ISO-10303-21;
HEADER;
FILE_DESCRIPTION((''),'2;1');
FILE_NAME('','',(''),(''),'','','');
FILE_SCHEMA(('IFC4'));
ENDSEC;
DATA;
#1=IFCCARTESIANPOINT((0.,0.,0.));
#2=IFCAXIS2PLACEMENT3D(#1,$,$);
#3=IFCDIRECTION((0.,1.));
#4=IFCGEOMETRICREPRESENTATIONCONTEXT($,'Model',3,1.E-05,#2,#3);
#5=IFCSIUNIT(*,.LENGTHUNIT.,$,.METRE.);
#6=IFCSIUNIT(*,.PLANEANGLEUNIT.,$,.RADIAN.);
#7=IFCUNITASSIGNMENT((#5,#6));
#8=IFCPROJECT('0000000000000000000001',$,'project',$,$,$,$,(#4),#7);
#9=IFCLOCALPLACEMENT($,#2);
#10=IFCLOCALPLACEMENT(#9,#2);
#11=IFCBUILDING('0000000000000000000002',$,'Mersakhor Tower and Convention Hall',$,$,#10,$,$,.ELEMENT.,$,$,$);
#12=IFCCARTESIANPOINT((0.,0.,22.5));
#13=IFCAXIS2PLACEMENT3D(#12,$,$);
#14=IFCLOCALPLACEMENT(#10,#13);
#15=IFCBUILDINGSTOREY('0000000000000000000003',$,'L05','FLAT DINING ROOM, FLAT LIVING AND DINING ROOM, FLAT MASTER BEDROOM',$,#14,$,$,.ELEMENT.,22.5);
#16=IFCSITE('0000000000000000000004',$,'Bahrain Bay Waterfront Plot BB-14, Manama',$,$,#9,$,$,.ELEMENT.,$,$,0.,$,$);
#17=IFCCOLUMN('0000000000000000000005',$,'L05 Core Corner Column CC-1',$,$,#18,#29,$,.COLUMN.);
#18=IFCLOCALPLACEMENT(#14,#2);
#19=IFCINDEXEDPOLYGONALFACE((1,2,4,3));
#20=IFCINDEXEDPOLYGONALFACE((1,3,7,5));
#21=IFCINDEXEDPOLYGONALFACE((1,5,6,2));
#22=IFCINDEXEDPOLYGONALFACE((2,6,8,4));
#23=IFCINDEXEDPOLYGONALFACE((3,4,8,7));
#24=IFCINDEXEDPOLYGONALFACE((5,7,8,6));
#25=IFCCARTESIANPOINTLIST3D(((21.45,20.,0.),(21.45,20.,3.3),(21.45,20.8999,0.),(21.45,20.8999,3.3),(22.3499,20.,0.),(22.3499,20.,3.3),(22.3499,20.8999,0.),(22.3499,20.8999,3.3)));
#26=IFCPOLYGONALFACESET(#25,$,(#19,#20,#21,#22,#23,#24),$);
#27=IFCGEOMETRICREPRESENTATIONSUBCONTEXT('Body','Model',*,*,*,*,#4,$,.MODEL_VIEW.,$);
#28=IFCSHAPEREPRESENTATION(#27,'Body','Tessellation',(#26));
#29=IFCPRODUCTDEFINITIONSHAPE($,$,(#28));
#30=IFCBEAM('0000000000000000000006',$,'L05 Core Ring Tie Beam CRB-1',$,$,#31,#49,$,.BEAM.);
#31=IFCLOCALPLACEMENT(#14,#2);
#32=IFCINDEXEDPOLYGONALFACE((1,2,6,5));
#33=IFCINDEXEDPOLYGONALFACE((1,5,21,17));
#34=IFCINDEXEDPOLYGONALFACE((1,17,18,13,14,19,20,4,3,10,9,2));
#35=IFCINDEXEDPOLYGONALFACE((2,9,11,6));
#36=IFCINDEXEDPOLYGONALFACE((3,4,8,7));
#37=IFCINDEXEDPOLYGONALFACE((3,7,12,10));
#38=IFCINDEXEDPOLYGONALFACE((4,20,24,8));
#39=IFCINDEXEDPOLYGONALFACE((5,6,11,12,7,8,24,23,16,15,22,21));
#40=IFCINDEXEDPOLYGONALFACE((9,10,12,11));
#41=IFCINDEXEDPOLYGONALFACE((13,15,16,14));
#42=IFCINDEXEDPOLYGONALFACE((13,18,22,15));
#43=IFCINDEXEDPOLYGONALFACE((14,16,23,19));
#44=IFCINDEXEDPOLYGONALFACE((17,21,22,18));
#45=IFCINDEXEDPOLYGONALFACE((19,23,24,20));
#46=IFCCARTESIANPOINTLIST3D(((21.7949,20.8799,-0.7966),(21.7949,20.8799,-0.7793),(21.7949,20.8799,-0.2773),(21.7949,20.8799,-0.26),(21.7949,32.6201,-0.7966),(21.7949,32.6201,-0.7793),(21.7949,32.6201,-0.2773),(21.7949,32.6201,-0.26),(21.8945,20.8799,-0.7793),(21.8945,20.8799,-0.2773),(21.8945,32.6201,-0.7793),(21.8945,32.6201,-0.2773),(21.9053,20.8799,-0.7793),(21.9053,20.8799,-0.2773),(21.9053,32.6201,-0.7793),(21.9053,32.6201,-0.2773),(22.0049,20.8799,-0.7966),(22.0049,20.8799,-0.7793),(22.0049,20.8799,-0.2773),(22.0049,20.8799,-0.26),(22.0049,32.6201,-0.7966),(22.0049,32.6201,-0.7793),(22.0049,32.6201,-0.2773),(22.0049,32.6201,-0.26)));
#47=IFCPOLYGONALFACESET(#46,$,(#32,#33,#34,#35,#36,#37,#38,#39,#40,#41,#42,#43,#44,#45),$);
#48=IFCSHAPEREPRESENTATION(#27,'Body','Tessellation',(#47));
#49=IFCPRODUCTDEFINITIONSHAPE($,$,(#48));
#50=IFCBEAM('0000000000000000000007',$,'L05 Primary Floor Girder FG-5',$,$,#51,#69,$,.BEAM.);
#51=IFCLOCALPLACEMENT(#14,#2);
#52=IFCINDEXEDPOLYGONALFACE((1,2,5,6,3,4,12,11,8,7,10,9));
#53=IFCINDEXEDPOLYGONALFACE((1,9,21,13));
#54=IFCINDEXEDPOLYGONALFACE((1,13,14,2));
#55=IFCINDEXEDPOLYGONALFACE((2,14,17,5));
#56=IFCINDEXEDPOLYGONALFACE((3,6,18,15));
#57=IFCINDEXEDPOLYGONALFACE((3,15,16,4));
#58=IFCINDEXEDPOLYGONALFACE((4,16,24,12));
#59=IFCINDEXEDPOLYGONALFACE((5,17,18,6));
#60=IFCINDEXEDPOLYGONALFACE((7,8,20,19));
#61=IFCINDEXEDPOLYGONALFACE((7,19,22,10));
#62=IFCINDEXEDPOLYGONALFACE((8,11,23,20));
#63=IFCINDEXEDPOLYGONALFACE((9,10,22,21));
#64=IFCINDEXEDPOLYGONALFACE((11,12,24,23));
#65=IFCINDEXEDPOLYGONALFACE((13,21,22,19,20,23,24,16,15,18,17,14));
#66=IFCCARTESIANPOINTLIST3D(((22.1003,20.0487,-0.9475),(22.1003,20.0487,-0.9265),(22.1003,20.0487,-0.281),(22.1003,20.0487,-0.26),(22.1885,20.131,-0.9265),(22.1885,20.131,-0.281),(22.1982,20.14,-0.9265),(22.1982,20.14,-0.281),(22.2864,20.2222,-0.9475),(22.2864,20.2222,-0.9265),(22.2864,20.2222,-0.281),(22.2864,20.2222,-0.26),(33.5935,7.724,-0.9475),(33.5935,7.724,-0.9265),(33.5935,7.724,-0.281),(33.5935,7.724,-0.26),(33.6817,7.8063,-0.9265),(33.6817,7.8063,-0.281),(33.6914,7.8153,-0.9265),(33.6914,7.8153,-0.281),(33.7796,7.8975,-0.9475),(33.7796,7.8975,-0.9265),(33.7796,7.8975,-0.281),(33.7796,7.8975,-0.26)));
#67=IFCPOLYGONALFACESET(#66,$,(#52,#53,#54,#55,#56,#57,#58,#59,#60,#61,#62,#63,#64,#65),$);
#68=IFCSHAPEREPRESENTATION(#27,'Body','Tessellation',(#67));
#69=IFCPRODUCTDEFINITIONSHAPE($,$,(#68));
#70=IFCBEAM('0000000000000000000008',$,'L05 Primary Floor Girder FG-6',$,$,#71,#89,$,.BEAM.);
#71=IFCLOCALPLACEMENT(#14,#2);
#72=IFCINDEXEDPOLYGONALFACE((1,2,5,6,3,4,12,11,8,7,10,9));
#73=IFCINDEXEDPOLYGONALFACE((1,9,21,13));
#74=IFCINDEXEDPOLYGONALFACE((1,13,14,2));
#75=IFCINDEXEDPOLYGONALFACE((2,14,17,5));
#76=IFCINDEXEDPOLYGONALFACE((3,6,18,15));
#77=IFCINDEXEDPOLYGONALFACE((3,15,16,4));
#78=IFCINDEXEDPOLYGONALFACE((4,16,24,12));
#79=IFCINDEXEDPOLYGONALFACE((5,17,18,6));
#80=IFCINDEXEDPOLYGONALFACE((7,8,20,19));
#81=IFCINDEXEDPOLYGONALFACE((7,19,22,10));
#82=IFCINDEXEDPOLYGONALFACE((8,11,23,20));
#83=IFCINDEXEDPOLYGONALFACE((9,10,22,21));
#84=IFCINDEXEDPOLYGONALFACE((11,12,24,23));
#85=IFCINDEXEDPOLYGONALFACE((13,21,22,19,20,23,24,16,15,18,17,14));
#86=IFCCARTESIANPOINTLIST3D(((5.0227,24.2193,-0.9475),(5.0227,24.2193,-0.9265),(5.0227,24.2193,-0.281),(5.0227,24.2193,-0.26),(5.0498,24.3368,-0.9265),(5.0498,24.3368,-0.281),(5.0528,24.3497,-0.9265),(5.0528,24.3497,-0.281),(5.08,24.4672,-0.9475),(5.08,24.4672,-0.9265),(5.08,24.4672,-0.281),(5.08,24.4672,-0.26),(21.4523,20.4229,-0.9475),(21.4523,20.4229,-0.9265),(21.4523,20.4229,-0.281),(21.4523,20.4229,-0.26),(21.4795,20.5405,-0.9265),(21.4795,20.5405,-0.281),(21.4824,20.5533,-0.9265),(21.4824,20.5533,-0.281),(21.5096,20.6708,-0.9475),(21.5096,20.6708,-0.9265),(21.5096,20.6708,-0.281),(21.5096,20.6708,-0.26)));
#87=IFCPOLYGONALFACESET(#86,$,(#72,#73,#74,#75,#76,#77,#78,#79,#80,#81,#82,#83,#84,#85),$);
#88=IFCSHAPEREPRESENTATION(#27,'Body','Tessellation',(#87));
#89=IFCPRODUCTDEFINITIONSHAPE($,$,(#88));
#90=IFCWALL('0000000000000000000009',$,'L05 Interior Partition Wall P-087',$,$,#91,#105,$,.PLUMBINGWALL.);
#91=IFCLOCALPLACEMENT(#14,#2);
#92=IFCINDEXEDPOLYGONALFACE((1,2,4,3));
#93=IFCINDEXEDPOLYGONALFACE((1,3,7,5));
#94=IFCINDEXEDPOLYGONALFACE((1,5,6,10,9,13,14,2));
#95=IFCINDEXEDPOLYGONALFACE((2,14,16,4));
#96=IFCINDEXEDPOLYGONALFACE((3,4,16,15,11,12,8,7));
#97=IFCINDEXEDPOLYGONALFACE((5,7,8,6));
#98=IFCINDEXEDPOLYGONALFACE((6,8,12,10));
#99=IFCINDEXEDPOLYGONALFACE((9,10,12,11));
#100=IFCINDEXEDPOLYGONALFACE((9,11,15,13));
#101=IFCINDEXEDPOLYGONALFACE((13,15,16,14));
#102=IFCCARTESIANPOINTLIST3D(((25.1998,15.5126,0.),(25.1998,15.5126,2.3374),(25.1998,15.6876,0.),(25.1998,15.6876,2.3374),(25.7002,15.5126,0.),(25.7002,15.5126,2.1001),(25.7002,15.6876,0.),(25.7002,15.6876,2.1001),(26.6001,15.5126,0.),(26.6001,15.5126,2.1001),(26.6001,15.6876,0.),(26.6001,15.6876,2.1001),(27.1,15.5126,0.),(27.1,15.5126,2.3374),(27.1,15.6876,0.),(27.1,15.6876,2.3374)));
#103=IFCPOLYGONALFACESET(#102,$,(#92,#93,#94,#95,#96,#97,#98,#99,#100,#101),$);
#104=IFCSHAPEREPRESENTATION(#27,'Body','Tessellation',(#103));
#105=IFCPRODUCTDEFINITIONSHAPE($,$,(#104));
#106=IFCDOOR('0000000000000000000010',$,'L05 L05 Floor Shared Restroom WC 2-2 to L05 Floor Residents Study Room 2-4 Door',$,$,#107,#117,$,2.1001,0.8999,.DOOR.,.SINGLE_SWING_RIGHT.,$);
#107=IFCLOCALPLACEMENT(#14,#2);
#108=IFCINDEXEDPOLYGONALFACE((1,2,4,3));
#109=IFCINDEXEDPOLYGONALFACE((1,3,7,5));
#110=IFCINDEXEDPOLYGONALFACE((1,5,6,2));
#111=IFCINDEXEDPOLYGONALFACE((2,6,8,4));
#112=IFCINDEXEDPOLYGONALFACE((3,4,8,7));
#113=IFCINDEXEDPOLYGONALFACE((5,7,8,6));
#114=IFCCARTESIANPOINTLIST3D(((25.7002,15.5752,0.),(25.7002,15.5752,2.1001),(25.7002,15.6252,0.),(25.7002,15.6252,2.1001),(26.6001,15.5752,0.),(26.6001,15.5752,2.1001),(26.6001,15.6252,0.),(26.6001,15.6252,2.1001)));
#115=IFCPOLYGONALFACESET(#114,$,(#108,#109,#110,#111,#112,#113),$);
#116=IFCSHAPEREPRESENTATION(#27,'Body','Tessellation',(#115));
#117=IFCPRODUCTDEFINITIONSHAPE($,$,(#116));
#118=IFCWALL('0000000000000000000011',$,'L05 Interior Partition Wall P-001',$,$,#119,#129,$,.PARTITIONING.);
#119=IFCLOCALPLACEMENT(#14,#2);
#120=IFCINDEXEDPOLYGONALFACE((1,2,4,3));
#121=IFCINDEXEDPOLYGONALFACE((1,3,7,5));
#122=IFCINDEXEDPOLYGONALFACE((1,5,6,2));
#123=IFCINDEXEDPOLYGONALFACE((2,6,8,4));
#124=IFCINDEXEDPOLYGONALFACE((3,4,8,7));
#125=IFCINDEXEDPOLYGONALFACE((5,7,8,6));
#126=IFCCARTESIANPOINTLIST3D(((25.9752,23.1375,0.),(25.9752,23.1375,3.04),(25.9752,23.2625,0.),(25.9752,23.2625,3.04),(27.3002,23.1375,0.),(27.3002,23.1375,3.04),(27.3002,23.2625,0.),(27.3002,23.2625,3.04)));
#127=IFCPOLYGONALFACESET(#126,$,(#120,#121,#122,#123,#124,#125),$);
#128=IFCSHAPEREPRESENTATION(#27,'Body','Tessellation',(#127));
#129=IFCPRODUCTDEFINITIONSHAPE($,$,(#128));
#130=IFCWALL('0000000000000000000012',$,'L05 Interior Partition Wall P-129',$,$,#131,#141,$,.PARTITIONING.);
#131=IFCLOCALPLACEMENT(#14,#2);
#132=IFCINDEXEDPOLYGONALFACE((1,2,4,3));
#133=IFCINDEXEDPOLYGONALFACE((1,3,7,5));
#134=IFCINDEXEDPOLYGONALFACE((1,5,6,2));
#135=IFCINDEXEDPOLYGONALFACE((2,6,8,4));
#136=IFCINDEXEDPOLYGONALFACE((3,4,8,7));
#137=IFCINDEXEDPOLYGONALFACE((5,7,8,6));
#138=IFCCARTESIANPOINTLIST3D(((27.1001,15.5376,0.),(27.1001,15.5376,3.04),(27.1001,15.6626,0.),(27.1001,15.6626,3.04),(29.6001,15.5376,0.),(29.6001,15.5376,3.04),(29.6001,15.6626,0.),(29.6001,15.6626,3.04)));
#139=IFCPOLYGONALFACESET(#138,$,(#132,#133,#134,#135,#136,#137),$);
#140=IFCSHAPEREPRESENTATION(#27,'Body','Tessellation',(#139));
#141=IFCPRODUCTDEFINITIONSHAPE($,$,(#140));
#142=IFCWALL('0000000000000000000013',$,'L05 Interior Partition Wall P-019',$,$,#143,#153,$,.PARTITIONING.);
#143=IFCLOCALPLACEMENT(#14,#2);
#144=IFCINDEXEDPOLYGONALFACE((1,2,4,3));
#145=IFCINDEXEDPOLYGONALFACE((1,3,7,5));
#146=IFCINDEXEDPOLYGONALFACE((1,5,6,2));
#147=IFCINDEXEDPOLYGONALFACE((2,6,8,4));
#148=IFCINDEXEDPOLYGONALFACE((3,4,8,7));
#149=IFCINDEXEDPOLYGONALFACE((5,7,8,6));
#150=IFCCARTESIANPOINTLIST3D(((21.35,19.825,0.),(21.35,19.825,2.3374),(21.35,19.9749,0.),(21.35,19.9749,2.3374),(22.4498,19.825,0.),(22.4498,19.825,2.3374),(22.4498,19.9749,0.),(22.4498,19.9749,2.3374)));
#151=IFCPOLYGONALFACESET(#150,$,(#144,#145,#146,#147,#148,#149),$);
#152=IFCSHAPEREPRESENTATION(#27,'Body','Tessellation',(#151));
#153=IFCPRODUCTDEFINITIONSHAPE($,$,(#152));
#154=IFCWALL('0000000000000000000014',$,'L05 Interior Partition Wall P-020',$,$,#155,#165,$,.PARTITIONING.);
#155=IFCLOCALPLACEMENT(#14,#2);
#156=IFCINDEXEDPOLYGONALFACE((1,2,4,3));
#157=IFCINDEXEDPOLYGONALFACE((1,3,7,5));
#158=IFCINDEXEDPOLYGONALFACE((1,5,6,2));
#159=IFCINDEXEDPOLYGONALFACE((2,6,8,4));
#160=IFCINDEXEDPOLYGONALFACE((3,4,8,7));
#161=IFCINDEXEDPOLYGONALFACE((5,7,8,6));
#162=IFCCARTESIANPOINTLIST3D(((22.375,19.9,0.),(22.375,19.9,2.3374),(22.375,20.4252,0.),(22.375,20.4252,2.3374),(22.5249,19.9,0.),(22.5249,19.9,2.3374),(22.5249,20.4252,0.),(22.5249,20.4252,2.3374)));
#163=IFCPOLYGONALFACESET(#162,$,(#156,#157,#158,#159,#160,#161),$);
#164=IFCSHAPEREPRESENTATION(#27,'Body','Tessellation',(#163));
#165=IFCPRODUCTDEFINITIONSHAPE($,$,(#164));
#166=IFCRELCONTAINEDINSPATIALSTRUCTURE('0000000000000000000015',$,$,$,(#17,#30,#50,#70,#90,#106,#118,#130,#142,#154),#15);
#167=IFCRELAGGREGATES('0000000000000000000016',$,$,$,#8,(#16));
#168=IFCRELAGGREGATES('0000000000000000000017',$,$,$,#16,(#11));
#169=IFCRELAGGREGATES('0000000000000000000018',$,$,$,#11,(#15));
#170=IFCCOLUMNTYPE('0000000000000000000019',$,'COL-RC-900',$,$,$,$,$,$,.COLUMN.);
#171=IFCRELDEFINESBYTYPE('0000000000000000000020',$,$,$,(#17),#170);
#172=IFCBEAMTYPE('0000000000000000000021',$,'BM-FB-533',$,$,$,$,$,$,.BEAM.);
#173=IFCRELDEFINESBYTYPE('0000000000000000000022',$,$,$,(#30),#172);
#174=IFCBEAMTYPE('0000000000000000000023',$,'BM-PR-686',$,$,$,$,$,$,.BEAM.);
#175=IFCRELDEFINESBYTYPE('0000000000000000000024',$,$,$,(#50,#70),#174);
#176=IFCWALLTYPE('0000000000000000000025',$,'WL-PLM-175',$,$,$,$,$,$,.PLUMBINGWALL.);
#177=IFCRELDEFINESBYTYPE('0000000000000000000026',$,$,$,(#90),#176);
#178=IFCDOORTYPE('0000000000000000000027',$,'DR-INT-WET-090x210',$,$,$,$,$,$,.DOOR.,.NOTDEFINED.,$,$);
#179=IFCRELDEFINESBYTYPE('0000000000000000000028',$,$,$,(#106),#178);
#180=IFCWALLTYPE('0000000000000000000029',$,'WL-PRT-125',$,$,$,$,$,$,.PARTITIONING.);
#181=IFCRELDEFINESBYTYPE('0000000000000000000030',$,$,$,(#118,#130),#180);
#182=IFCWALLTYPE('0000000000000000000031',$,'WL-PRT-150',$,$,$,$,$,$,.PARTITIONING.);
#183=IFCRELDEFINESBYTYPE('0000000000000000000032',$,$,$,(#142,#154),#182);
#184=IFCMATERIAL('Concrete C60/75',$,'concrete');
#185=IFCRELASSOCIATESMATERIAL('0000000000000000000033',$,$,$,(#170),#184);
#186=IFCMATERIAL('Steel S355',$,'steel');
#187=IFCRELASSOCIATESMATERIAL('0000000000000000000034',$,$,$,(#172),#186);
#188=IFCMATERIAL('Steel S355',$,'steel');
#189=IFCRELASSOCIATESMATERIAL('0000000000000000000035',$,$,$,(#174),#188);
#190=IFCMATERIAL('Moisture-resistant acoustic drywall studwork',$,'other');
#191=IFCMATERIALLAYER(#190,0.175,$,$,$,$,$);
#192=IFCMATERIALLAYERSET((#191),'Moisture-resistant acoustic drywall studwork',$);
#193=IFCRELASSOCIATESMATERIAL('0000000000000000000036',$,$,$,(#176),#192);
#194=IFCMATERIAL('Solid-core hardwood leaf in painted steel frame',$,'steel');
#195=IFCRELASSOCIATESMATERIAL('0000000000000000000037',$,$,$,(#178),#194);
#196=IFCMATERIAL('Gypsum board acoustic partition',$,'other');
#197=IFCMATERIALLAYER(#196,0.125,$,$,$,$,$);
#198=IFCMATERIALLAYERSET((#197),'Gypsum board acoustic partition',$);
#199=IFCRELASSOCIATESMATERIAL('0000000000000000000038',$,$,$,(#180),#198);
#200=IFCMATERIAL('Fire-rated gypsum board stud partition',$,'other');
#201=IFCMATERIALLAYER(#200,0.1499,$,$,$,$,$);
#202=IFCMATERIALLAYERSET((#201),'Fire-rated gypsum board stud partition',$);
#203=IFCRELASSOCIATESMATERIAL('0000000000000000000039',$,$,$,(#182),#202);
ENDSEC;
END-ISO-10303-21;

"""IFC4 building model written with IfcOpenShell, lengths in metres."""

from ifc_helpers import new_model, si_unit, direction, frame, frame_2d, origin, origin_2d, place, context, subcontext, project, spatial, rectangle, i_section, extrude, material, layer, layer_set, material_profile, profile_set, type_object, element, fill, save


model = new_model("IFC4")

# Units and contexts
model_context = context("Model", 3, precision=1e-05, world=origin(), true_north=direction((0.0, 1.0)))
body_context = subcontext(model_context, "Body", "Model", "MODEL_VIEW")
ifc_project = project(units=[si_unit("LENGTHUNIT", "METRE"), si_unit("PLANEANGLEUNIT", "RADIAN")], contexts=[model_context])

# Site, building, storey
site_placement = place(None, origin())
site = spatial("IfcSite", under=ifc_project, at=site_placement, Name="Bahrain Bay Waterfront Plot BB-14, Manama", CompositionType="ELEMENT", RefElevation=0.0)
building_placement = place(site_placement, origin())
building = spatial("IfcBuilding", under=site, at=building_placement, Name="Mersakhor Tower and Convention Hall", CompositionType="ELEMENT")
storey_placement = place(building_placement, frame((0.0, 0.0, 22.5)))
storey = spatial("IfcBuildingStorey", under=building, at=storey_placement, Name="L05", Description="FLAT DINING ROOM, FLAT LIVING AND DINING ROOM, FLAT MASTER BEDROOM", CompositionType="ELEMENT", Elevation=22.5)

# Column
ifc_material_1 = material(Name="Concrete C60/75", Category="concrete")
ifc_material_profile_1 = material_profile(ifc_material_1, rectangle(XDim=0.8999, YDim=0.8999, at=origin_2d()), Name="RC 900x900")
ifc_profile_set_1 = profile_set([ifc_material_profile_1], Name="Concrete C60/75")
column_type = type_object("IfcColumnType", Name="COL-RC-900", PredefinedType="COLUMN", material=ifc_profile_set_1)
column_placement = place(storey_placement, frame((21.8999, 20.45, 0.0), z_axis=(0.0, 0.0, 1.0), x_axis=(1.0, 0.0, 0.0)))
element("IfcColumn", 1, at=column_placement, inside=storey, type_object=column_type, Name="L05 Core Corner Column CC-1", PredefinedType="COLUMN", context=body_context, shape_type="SweptSolid", body=[
    extrude(rectangle(XDim=0.8999, YDim=0.8999, at=origin_2d()), origin(), (0.0, 0.0, 1.0), 3.3),
])

# Beams
ifc_material_2 = material(Name="Steel S355", Category="steel")
ifc_material_profile_2 = material_profile(ifc_material_2, i_section(OverallWidth=0.21, OverallDepth=0.5366, WebThickness=0.0107, FlangeThickness=0.0173, at=origin_2d()), Name="UB 533x210x101")
ifc_profile_set_2 = profile_set([ifc_material_profile_2], Name="Steel S355")
beam_type_1 = type_object("IfcBeamType", Name="BM-FB-533", PredefinedType="BEAM", material=ifc_profile_set_2)
beam_1_placement = place(storey_placement, frame((21.8999, 20.8799, -0.5283), z_axis=(0.0, 1.0, 0.0), x_axis=(-1.0, 0.0, 0.0)))
element("IfcBeam", 2, at=beam_1_placement, inside=storey, type_object=beam_type_1, Name="L05 Core Ring Tie Beam CRB-1", PredefinedType="BEAM", context=body_context, shape_type="SweptSolid", body=[
    extrude(i_section(OverallWidth=0.21, OverallDepth=0.5366, WebThickness=0.0107, FlangeThickness=0.0173, at=origin_2d()), origin(), (0.0, 0.0, 1.0), 11.7402),
])
ifc_material_3 = material(Name="Steel S355", Category="steel")
ifc_material_profile_3 = material_profile(ifc_material_3, i_section(OverallWidth=0.2544, OverallDepth=0.6875, WebThickness=0.0132, FlangeThickness=0.021, at=origin_2d()), Name="UB 686x254x152")
ifc_profile_set_3 = profile_set([ifc_material_profile_3], Name="Steel S355")
beam_type_2 = type_object("IfcBeamType", Name="BM-PR-686", PredefinedType="BEAM", material=ifc_profile_set_3)
beam_2_placement = place(storey_placement, frame((22.1934, 20.1355, -0.6038), z_axis=(0.682004, -0.731348, 0.0), x_axis=(0.731348, 0.682004, 0.0)))
element("IfcBeam", 3, at=beam_2_placement, inside=storey, type_object=beam_type_2, Name="L05 Primary Floor Girder FG-5", PredefinedType="BEAM", context=body_context, shape_type="SweptSolid", body=[
    extrude(i_section(OverallWidth=0.2544, OverallDepth=0.6875, WebThickness=0.0132, FlangeThickness=0.021, at=origin_2d()), origin(), (0.0, 0.0, 1.0), 16.8521),
])
beam_3_placement = place(storey_placement, frame((21.481, 20.5469, -0.6038), z_axis=(-0.974327, 0.225137, 0.0), x_axis=(-0.225137, -0.974327, 0.0)))
element("IfcBeam", 4, at=beam_3_placement, inside=storey, type_object=beam_type_2, Name="L05 Primary Floor Girder FG-6", PredefinedType="BEAM", context=body_context, shape_type="SweptSolid", body=[
    extrude(i_section(OverallWidth=0.2544, OverallDepth=0.6875, WebThickness=0.0132, FlangeThickness=0.021, at=origin_2d()), origin(), (0.0, 0.0, 1.0), 16.8625),
])

# Wall, opening, door
ifc_material_4 = material(Name="Moisture-resistant acoustic drywall studwork", Category="other")
ifc_layer_1 = layer(ifc_material_4, 0.175)
ifc_layer_set_1 = layer_set([ifc_layer_1], Name="Moisture-resistant acoustic drywall studwork")
wall_type_1 = type_object("IfcWallType", Name="WL-PLM-175", PredefinedType="PLUMBINGWALL", material=ifc_layer_set_1)
wall_1_placement = place(storey_placement, frame((27.1001, 15.6001, 0.0), z_axis=(0.0, 0.0, 1.0), x_axis=(-1.0, 0.0, 0.0)))
wall_1 = element("IfcWall", 5, at=wall_1_placement, inside=storey, type_object=wall_type_1, Name="L05 Interior Partition Wall P-087", PredefinedType="PLUMBINGWALL", context=body_context, shape_type="SweptSolid", body=[
    extrude(rectangle(XDim=1.9001, YDim=0.175, at=frame_2d((0.9502, 0.0))), origin(), (0.0, 0.0, 1.0), 2.3374),
])
opening_1_placement = place(wall_1_placement, frame((0.5, 0.0, 0.0)))
opening_1 = element("IfcOpeningElement", 6, at=opening_1_placement, cuts=wall_1, PredefinedType="OPENING", context=body_context, shape_type="SweptSolid", body=[
    extrude(rectangle(XDim=0.8999, YDim=2.1001, at=frame_2d((0.45, 1.05))), frame((0.0, 0.0974, 0.0), z_axis=(0.0, -1.0, 0.0), x_axis=(1.0, 0.0, 0.0)), (0.0, 0.0, 1.0), 0.1951),
])
ifc_material_5 = material(Name="Solid-core hardwood leaf in painted steel frame", Category="steel")
door_type_1 = type_object("IfcDoorType", Name="DR-INT-WET-090x210", OperationType="NOTDEFINED", PredefinedType="DOOR", material=ifc_material_5)
door_1_placement = place(opening_1_placement, origin())
door_1 = element("IfcDoor", 7, at=door_1_placement, inside=storey, type_object=door_type_1, Name="L05 L05 Floor Shared Restroom WC 2-2 to L05 Floor Residents Study Room 2-4 Door", OperationType="SINGLE_SWING_RIGHT", OverallHeight=2.1001, OverallWidth=0.8999, PredefinedType="DOOR", context=body_context, shape_type="SweptSolid", body=[
    extrude(rectangle(XDim=0.8999, YDim=2.1001, at=frame_2d((0.45, 1.05))), frame((0.0, 0.0249, 0.0), z_axis=(0.0, -1.0, 0.0), x_axis=(1.0, 0.0, 0.0)), (0.0, 0.0, 1.0), 0.05),
])
fill(opening_1, door_1)

# Walls
ifc_material_6 = material(Name="Gypsum board acoustic partition", Category="other")
ifc_layer_2 = layer(ifc_material_6, 0.125)
ifc_layer_set_2 = layer_set([ifc_layer_2], Name="Gypsum board acoustic partition")
wall_type_2 = type_object("IfcWallType", Name="WL-PRT-125", PredefinedType="PARTITIONING", material=ifc_layer_set_2)
wall_2_placement = place(storey_placement, frame((25.9751, 23.2, 0.0), z_axis=(0.0, 0.0, 1.0), x_axis=(1.0, 0.0, 0.0)))
element("IfcWall", 8, at=wall_2_placement, inside=storey, type_object=wall_type_2, Name="L05 Interior Partition Wall P-001", PredefinedType="PARTITIONING", context=body_context, shape_type="SweptSolid", body=[
    extrude(rectangle(XDim=1.325, YDim=0.125, at=frame_2d((0.6626, 0.0))), origin(), (0.0, 0.0, 1.0), 3.04),
])
wall_3_placement = place(storey_placement, frame((27.1001, 15.6001, 0.0), z_axis=(0.0, 0.0, 1.0), x_axis=(1.0, 0.0, 0.0)))
element("IfcWall", 9, at=wall_3_placement, inside=storey, type_object=wall_type_2, Name="L05 Interior Partition Wall P-129", PredefinedType="PARTITIONING", context=body_context, shape_type="SweptSolid", body=[
    extrude(rectangle(XDim=2.5, YDim=0.125, at=frame_2d((1.25, 0.0))), origin(), (0.0, 0.0, 1.0), 3.04),
])
ifc_material_7 = material(Name="Fire-rated gypsum board stud partition", Category="other")
ifc_layer_3 = layer(ifc_material_7, 0.1499)
ifc_layer_set_3 = layer_set([ifc_layer_3], Name="Fire-rated gypsum board stud partition")
wall_type_3 = type_object("IfcWallType", Name="WL-PRT-150", PredefinedType="PARTITIONING", material=ifc_layer_set_3)
wall_4_placement = place(storey_placement, frame((21.3501, 19.8999, 0.0), z_axis=(0.0, 0.0, 1.0), x_axis=(1.0, 0.0, 0.0)))
element("IfcWall", 10, at=wall_4_placement, inside=storey, type_object=wall_type_3, Name="L05 Interior Partition Wall P-019", PredefinedType="PARTITIONING", context=body_context, shape_type="SweptSolid", body=[
    extrude(rectangle(XDim=1.0999, YDim=0.1499, at=frame_2d((0.5498, 0.0))), origin(), (0.0, 0.0, 1.0), 2.3374),
])
wall_5_placement = place(storey_placement, frame((22.45, 19.8999, 0.0), z_axis=(0.0, 0.0, 1.0), x_axis=(0.0, 1.0, 0.0)))
element("IfcWall", 11, at=wall_5_placement, inside=storey, type_object=wall_type_3, Name="L05 Interior Partition Wall P-020", PredefinedType="PARTITIONING", context=body_context, shape_type="SweptSolid", body=[
    extrude(rectangle(XDim=0.5251, YDim=0.1499, at=frame_2d((0.2627, 0.0))), origin(), (0.0, 0.0, 1.0), 2.3374),
])

save(model, "model.ifc")
